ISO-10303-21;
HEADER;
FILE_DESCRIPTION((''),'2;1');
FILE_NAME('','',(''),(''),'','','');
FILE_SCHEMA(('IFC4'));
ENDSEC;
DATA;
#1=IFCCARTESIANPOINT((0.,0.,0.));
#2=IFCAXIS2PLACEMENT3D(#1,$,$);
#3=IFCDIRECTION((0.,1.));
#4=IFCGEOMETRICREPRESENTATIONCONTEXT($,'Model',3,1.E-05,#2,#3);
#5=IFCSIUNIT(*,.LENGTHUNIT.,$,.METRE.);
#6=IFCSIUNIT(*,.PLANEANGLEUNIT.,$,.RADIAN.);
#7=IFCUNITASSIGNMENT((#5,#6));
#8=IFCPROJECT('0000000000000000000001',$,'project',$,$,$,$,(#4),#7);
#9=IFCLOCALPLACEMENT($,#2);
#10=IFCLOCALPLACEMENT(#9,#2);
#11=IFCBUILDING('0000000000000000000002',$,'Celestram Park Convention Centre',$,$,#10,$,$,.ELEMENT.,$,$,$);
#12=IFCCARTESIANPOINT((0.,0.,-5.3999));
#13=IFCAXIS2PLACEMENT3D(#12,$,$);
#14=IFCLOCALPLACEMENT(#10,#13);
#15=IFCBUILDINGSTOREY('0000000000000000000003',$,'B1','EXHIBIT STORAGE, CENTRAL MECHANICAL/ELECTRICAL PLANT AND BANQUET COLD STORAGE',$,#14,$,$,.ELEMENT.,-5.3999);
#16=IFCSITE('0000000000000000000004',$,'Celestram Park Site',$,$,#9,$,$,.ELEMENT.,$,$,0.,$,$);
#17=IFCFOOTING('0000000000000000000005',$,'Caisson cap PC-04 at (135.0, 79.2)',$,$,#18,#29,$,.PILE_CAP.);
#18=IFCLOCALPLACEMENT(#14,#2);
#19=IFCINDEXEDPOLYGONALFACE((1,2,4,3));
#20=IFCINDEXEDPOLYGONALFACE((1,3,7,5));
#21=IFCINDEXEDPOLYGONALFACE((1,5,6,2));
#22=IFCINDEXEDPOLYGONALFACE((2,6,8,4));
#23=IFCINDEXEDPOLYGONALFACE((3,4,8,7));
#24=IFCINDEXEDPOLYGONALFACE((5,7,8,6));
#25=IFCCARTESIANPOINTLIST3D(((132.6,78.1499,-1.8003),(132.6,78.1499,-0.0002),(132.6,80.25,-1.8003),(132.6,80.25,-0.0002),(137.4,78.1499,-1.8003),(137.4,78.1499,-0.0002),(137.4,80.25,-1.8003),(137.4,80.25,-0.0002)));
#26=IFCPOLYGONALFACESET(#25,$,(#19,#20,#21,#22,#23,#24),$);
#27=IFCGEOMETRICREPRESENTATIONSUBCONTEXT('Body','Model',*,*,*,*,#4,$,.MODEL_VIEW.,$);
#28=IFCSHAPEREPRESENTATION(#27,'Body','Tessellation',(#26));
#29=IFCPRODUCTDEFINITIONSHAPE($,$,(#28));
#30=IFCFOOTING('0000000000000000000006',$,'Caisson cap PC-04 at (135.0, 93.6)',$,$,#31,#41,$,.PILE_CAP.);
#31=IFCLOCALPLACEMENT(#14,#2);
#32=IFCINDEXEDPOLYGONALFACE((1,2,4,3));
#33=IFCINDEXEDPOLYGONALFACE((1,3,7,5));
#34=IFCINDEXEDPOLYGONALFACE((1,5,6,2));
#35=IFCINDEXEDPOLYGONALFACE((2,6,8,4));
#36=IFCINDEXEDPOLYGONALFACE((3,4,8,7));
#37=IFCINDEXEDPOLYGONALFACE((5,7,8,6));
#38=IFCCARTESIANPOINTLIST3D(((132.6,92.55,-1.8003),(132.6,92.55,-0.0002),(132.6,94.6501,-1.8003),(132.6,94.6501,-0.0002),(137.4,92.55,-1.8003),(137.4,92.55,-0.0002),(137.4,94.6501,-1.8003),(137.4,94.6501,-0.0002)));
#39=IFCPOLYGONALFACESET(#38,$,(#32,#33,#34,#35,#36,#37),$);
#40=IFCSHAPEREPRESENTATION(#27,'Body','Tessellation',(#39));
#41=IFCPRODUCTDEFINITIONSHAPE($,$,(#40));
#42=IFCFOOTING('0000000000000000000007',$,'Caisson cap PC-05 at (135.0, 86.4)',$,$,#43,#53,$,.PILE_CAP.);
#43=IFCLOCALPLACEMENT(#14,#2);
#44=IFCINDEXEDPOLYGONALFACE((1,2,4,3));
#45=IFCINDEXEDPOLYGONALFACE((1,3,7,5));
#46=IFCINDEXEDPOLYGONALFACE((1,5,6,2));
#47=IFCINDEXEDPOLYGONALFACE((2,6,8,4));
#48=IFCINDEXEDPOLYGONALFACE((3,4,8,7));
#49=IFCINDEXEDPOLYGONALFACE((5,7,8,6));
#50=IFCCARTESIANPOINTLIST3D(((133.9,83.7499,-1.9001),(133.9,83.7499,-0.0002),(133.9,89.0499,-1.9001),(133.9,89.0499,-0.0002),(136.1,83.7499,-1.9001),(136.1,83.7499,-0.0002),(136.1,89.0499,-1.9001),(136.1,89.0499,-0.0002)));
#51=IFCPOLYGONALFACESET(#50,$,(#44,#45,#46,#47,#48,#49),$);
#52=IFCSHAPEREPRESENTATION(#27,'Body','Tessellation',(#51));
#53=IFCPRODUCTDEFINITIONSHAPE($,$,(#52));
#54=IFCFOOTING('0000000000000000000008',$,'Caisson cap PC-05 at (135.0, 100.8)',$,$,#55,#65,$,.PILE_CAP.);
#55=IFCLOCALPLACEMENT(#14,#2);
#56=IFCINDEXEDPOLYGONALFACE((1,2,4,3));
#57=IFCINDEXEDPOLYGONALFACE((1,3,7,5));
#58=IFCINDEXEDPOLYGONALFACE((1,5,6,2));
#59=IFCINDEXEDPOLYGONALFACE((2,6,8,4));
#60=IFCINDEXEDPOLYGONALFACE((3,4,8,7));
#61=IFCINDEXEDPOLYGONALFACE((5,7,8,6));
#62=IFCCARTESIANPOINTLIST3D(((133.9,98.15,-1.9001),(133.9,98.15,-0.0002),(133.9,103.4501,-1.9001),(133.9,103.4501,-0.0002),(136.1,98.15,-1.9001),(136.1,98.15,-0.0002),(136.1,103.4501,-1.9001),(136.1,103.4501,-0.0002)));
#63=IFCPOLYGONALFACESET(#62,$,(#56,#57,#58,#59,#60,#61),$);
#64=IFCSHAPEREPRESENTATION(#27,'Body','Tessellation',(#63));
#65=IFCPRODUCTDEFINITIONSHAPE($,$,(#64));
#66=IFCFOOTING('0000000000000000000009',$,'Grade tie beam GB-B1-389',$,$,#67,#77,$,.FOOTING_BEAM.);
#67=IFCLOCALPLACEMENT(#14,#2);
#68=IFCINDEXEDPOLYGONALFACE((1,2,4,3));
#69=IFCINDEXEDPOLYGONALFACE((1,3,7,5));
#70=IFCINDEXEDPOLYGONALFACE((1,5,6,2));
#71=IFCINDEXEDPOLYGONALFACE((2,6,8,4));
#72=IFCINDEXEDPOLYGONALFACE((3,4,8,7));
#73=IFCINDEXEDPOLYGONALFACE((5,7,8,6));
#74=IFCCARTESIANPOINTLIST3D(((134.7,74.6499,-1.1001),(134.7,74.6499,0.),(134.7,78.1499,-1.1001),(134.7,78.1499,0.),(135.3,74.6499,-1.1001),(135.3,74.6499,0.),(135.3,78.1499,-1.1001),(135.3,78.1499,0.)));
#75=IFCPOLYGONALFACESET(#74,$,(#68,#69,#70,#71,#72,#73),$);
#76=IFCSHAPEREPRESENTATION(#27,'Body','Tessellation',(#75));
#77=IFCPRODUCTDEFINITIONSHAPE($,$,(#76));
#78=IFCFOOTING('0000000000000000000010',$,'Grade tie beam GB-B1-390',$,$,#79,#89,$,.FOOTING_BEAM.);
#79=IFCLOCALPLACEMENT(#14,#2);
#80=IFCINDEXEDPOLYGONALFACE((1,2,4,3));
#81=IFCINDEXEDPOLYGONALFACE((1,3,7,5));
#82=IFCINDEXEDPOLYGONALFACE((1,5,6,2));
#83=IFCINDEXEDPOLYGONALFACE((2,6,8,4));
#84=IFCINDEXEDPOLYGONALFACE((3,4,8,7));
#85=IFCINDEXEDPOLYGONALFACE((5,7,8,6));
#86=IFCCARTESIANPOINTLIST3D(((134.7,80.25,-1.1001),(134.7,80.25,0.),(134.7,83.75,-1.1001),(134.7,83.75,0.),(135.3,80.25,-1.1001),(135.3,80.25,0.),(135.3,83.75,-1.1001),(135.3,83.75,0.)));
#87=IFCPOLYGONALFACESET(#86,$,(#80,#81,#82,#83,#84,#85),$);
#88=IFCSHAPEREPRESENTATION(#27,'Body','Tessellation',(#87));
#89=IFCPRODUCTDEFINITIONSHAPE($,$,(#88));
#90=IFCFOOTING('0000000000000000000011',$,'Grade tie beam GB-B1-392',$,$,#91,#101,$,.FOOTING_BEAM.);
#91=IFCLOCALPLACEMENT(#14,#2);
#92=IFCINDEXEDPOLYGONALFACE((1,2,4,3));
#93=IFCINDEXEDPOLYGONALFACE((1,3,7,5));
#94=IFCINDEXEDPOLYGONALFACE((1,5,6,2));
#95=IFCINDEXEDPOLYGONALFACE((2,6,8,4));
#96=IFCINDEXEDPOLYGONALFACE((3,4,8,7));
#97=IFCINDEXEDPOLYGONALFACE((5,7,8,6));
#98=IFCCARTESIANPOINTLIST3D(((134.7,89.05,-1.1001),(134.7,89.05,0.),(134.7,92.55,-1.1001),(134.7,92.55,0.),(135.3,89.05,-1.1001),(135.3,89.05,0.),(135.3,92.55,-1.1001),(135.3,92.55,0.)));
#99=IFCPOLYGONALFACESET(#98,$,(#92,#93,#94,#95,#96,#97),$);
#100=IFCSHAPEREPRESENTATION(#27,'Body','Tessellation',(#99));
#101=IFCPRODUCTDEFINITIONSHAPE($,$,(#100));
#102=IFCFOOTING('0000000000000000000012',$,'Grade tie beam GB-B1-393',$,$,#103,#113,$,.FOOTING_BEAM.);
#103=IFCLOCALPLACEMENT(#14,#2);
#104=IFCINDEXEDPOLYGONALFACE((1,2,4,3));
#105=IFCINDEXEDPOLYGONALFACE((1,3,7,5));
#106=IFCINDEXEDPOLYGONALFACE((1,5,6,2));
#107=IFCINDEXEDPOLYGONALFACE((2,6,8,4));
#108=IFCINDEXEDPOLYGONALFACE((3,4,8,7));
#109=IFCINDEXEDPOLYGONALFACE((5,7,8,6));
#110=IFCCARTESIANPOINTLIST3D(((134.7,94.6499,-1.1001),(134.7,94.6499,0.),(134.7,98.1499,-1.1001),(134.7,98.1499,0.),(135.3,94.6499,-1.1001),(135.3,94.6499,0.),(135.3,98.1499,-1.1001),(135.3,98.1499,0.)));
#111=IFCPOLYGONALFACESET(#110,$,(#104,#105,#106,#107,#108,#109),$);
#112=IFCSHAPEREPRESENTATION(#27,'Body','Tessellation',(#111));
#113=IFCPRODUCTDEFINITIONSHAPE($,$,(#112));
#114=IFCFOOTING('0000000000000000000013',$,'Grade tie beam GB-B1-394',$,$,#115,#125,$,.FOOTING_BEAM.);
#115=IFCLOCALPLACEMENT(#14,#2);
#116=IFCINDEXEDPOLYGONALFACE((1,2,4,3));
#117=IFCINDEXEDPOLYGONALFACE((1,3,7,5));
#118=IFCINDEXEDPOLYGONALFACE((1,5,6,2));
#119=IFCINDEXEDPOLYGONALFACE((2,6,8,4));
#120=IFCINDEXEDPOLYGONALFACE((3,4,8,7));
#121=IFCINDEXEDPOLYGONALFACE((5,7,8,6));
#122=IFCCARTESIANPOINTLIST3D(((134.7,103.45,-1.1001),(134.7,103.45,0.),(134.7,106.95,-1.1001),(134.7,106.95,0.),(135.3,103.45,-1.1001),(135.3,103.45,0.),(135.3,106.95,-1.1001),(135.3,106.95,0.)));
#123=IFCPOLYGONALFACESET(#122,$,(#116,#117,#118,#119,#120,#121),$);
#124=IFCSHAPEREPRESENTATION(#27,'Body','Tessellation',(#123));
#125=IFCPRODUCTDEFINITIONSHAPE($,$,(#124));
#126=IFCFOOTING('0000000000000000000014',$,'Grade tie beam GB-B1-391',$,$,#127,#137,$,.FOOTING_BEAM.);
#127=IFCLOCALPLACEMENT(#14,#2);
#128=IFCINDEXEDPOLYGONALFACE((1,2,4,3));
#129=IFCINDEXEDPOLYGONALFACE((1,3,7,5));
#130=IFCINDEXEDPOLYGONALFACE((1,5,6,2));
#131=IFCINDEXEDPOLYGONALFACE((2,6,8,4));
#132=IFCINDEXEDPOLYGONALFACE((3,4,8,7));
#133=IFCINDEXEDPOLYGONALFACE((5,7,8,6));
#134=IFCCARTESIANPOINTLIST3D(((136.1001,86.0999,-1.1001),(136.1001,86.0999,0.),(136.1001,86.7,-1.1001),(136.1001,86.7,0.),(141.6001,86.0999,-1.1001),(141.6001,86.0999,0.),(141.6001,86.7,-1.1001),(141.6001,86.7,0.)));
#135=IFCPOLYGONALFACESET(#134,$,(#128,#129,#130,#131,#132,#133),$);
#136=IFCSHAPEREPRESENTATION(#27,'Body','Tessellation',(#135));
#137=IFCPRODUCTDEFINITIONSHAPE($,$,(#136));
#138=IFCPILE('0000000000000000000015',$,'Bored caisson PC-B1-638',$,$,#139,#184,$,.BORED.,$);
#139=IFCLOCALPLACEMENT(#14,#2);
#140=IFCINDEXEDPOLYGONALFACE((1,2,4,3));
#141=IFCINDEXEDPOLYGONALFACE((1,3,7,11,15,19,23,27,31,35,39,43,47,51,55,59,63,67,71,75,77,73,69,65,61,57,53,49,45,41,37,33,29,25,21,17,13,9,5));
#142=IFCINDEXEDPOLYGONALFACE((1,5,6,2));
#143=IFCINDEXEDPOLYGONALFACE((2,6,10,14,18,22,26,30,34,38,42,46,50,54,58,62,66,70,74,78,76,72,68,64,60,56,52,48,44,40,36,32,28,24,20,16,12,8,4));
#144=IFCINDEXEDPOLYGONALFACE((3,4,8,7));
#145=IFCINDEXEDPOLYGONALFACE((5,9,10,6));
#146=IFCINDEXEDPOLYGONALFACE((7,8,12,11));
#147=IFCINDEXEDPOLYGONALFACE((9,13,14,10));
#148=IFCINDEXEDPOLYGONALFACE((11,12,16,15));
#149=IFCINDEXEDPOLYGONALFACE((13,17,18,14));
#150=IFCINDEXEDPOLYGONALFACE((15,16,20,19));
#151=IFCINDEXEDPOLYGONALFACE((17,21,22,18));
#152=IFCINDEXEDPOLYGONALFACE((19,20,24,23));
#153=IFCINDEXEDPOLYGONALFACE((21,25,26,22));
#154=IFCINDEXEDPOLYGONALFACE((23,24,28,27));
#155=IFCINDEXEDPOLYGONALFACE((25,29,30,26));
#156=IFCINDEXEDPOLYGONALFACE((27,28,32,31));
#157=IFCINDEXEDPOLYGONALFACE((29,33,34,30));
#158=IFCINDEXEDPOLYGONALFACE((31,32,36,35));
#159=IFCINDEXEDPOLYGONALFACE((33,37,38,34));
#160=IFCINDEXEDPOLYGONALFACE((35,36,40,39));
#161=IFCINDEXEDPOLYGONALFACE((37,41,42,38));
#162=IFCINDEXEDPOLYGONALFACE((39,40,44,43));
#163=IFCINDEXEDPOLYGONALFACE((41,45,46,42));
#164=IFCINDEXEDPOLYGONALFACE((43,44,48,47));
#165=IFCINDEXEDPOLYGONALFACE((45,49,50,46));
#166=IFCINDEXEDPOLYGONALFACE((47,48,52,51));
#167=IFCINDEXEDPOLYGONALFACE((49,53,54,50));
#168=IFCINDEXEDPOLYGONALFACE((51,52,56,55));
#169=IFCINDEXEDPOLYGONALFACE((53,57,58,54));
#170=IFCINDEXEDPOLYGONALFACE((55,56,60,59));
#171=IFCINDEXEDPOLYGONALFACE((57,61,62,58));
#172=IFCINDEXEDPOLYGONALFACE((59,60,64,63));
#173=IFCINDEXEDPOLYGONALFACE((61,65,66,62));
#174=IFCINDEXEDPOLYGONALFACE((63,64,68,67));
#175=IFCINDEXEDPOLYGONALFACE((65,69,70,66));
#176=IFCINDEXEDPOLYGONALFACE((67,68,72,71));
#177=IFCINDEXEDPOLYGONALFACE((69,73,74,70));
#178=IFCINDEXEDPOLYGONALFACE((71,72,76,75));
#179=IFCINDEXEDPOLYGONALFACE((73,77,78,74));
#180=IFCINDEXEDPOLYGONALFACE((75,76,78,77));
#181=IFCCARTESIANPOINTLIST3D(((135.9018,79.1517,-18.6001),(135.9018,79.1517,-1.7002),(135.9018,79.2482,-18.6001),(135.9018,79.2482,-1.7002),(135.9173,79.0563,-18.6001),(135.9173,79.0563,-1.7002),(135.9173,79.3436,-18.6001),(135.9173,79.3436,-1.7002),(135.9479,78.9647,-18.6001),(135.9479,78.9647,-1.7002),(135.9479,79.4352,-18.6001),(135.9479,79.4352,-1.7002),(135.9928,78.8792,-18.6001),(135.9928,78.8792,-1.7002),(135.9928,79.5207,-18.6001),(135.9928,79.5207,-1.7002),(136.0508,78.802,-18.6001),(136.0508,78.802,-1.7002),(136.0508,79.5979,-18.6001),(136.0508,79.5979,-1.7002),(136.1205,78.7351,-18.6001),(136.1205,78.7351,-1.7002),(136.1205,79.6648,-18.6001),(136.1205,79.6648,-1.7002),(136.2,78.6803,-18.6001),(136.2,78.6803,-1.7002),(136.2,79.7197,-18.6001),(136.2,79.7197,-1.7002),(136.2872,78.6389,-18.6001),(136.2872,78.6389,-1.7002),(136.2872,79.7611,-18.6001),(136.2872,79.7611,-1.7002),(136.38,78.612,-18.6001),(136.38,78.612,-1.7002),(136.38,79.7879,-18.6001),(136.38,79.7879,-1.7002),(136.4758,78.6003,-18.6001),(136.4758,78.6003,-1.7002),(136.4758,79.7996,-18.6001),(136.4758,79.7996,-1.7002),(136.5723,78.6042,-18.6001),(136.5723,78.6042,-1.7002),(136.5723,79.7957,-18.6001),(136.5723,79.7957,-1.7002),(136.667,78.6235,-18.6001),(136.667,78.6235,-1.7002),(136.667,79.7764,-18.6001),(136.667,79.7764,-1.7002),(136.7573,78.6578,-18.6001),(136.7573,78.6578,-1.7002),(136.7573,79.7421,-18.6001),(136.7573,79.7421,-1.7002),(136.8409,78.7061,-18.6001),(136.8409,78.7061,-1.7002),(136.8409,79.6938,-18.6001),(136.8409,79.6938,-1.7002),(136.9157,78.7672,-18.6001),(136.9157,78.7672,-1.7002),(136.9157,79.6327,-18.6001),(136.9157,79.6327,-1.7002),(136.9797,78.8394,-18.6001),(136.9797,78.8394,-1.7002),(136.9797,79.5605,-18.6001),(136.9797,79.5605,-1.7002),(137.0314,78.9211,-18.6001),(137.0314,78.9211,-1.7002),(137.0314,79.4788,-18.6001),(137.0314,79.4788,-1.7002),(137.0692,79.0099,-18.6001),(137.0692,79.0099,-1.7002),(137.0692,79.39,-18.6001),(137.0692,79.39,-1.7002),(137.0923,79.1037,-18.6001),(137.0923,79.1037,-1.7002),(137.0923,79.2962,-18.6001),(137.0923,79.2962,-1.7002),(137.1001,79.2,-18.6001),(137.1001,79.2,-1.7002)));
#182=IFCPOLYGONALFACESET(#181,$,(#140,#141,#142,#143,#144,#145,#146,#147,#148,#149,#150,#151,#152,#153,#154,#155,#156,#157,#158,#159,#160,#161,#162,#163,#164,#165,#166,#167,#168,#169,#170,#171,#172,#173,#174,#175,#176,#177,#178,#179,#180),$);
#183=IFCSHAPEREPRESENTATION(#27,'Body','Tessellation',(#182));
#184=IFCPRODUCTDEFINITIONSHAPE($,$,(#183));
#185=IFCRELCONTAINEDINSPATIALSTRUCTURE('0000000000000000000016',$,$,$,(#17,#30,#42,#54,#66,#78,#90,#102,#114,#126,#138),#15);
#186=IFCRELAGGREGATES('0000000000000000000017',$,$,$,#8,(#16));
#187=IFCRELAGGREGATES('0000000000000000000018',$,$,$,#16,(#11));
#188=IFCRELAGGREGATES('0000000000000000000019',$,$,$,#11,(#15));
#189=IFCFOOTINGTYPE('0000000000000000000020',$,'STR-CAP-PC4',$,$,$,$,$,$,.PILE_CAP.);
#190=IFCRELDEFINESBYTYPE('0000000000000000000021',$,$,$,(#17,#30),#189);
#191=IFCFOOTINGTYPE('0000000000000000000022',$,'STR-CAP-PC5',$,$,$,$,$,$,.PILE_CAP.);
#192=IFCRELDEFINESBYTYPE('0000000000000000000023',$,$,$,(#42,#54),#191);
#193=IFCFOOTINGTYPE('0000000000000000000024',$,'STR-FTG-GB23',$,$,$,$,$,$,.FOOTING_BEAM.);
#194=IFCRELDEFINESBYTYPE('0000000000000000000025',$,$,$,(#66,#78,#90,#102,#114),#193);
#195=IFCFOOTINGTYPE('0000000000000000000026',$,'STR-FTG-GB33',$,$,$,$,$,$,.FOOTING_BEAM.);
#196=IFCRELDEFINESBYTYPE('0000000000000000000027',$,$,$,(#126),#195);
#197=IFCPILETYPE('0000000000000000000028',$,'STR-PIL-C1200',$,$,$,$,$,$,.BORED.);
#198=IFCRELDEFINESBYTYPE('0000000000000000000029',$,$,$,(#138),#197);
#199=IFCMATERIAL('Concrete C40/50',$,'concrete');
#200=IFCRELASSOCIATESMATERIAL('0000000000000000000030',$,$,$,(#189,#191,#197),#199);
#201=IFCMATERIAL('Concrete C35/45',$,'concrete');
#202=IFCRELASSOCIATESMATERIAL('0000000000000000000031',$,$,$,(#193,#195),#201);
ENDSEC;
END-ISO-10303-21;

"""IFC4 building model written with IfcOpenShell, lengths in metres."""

from ifc_helpers import new_model, si_unit, direction, frame, origin, origin_2d, place, context, subcontext, project, spatial, rectangle, circle, extrude, material, material_profile, profile_set, type_object, element, save


model = new_model("IFC4")

# Units and contexts
model_context = context("Model", 3, precision=1e-05, world=origin(), true_north=direction((0.0, 1.0)))
body_context = subcontext(model_context, "Body", "Model", "MODEL_VIEW")
ifc_project = project(units=[si_unit("LENGTHUNIT", "METRE"), si_unit("PLANEANGLEUNIT", "RADIAN")], contexts=[model_context])

# Site, building, storey
site_placement = place(None, origin())
site = spatial("IfcSite", under=ifc_project, at=site_placement, Name="Celestram Park Site", CompositionType="ELEMENT", RefElevation=0.0)
building_placement = place(site_placement, origin())
building = spatial("IfcBuilding", under=site, at=building_placement, Name="Celestram Park Convention Centre", CompositionType="ELEMENT")
storey_placement = place(building_placement, frame((0.0, 0.0, -5.3999)))
storey = spatial("IfcBuildingStorey", under=building, at=storey_placement, Name="B1", Description="EXHIBIT STORAGE, CENTRAL MECHANICAL/ELECTRICAL PLANT AND BANQUET COLD STORAGE", CompositionType="ELEMENT", Elevation=-5.3999)

# Footings
ifc_material_1 = material(Name="Concrete C40/50", Category="concrete")
footing_type_1 = type_object("IfcFootingType", Name="STR-CAP-PC4", PredefinedType="PILE_CAP", material=ifc_material_1)
for number, where, z_axis, x_axis, name in (
    (1, (135.0, 79.2, -1.8003), (0.0, 0.0, 1.0), (1.0, 0.0, 0.0), "Caisson cap PC-04 at (135.0, 79.2)"),
    (2, (135.0, 93.6001, -1.8003), (0.0, 0.0, 1.0), (1.0, 0.0, 0.0), "Caisson cap PC-04 at (135.0, 93.6)"),
):
    element("IfcFooting", number, at=place(storey_placement, frame(where, z_axis=z_axis, x_axis=x_axis)), inside=storey, type_object=footing_type_1, Name=name, PredefinedType="PILE_CAP", context=body_context, shape_type="SweptSolid", body=[
        extrude(rectangle(XDim=4.8, YDim=2.1001, at=origin_2d()), origin(), (0.0, 0.0, 1.0), 1.8),
    ])
footing_type_2 = type_object("IfcFootingType", Name="STR-CAP-PC5", PredefinedType="PILE_CAP", material=ifc_material_1)
for number, where, z_axis, x_axis, name in (
    (3, (135.0, 86.3999, -1.9001), (0.0, 0.0, 1.0), (1.0, 0.0, 0.0), "Caisson cap PC-05 at (135.0, 86.4)"),
    (4, (135.0, 100.8, -1.9001), (0.0, 0.0, 1.0), (1.0, 0.0, 0.0), "Caisson cap PC-05 at (135.0, 100.8)"),
):
    element("IfcFooting", number, at=place(storey_placement, frame(where, z_axis=z_axis, x_axis=x_axis)), inside=storey, type_object=footing_type_2, Name=name, PredefinedType="PILE_CAP", context=body_context, shape_type="SweptSolid", body=[
        extrude(rectangle(XDim=2.2, YDim=5.3, at=origin_2d()), origin(), (0.0, 0.0, 1.0), 1.8999),
    ])
ifc_material_2 = material(Name="Concrete C35/45", Category="concrete")
footing_type_3 = type_object("IfcFootingType", Name="STR-FTG-GB23", PredefinedType="FOOTING_BEAM", material=ifc_material_2)
for number, where, z_axis, x_axis, name in (
    (5, (135.0, 76.3999, -1.1001), (0.0, 0.0, 1.0), (0.0, 1.0, 0.0), "Grade tie beam GB-B1-389"),
    (6, (135.0, 82.0, -1.1001), (0.0, 0.0, 1.0), (0.0, 1.0, 0.0), "Grade tie beam GB-B1-390"),
    (7, (135.0, 90.8, -1.1001), (0.0, 0.0, 1.0), (0.0, 1.0, 0.0), "Grade tie beam GB-B1-392"),
    (8, (135.0, 96.3999, -1.1001), (0.0, 0.0, 1.0), (0.0, 1.0, 0.0), "Grade tie beam GB-B1-393"),
    (9, (135.0, 105.2, -1.1001), (0.0, 0.0, 1.0), (0.0, 1.0, 0.0), "Grade tie beam GB-B1-394"),
):
    element("IfcFooting", number, at=place(storey_placement, frame(where, z_axis=z_axis, x_axis=x_axis)), inside=storey, type_object=footing_type_3, Name=name, PredefinedType="FOOTING_BEAM", context=body_context, shape_type="SweptSolid", body=[
        extrude(rectangle(XDim=3.5, YDim=0.6001, at=origin_2d()), origin(), (0.0, 0.0, 1.0), 1.1001),
    ])
footing_type_4 = type_object("IfcFootingType", Name="STR-FTG-GB33", PredefinedType="FOOTING_BEAM", material=ifc_material_2)
footing_placement = place(storey_placement, frame((138.8501, 86.3999, -1.1001), z_axis=(0.0, 0.0, 1.0), x_axis=(1.0, 0.0, 0.0)))
element("IfcFooting", 10, at=footing_placement, inside=storey, type_object=footing_type_4, Name="Grade tie beam GB-B1-391", PredefinedType="FOOTING_BEAM", context=body_context, shape_type="SweptSolid", body=[
    extrude(rectangle(XDim=5.5, YDim=0.6001, at=origin_2d()), origin(), (0.0, 0.0, 1.0), 1.1001),
])

# Pile
ifc_material_profile_1 = material_profile(ifc_material_1, circle(Radius=0.6001, at=origin_2d()), Name="CAISSON1200")
ifc_profile_set_1 = profile_set([ifc_material_profile_1], Name="Concrete C40/50")
pile_type_1 = type_object("IfcPileType", Name="STR-PIL-C1200", PredefinedType="BORED", material=ifc_profile_set_1)
for number, where, z_axis, x_axis, name in (
    (11, (136.5, 79.2, -1.7002), (0.0, 0.0, -1.0), (1.0, 0.0, 0.0), "Bored caisson PC-B1-638"),
):
    element("IfcPile", number, at=place(storey_placement, frame(where, z_axis=z_axis, x_axis=x_axis)), inside=storey, type_object=pile_type_1, Name=name, PredefinedType="BORED", context=body_context, shape_type="SweptSolid", body=[
        extrude(circle(Radius=0.6001, at=origin_2d()), origin(), (0.0, 0.0, 1.0), 16.8999),
    ])

save(model, "model.ifc")
